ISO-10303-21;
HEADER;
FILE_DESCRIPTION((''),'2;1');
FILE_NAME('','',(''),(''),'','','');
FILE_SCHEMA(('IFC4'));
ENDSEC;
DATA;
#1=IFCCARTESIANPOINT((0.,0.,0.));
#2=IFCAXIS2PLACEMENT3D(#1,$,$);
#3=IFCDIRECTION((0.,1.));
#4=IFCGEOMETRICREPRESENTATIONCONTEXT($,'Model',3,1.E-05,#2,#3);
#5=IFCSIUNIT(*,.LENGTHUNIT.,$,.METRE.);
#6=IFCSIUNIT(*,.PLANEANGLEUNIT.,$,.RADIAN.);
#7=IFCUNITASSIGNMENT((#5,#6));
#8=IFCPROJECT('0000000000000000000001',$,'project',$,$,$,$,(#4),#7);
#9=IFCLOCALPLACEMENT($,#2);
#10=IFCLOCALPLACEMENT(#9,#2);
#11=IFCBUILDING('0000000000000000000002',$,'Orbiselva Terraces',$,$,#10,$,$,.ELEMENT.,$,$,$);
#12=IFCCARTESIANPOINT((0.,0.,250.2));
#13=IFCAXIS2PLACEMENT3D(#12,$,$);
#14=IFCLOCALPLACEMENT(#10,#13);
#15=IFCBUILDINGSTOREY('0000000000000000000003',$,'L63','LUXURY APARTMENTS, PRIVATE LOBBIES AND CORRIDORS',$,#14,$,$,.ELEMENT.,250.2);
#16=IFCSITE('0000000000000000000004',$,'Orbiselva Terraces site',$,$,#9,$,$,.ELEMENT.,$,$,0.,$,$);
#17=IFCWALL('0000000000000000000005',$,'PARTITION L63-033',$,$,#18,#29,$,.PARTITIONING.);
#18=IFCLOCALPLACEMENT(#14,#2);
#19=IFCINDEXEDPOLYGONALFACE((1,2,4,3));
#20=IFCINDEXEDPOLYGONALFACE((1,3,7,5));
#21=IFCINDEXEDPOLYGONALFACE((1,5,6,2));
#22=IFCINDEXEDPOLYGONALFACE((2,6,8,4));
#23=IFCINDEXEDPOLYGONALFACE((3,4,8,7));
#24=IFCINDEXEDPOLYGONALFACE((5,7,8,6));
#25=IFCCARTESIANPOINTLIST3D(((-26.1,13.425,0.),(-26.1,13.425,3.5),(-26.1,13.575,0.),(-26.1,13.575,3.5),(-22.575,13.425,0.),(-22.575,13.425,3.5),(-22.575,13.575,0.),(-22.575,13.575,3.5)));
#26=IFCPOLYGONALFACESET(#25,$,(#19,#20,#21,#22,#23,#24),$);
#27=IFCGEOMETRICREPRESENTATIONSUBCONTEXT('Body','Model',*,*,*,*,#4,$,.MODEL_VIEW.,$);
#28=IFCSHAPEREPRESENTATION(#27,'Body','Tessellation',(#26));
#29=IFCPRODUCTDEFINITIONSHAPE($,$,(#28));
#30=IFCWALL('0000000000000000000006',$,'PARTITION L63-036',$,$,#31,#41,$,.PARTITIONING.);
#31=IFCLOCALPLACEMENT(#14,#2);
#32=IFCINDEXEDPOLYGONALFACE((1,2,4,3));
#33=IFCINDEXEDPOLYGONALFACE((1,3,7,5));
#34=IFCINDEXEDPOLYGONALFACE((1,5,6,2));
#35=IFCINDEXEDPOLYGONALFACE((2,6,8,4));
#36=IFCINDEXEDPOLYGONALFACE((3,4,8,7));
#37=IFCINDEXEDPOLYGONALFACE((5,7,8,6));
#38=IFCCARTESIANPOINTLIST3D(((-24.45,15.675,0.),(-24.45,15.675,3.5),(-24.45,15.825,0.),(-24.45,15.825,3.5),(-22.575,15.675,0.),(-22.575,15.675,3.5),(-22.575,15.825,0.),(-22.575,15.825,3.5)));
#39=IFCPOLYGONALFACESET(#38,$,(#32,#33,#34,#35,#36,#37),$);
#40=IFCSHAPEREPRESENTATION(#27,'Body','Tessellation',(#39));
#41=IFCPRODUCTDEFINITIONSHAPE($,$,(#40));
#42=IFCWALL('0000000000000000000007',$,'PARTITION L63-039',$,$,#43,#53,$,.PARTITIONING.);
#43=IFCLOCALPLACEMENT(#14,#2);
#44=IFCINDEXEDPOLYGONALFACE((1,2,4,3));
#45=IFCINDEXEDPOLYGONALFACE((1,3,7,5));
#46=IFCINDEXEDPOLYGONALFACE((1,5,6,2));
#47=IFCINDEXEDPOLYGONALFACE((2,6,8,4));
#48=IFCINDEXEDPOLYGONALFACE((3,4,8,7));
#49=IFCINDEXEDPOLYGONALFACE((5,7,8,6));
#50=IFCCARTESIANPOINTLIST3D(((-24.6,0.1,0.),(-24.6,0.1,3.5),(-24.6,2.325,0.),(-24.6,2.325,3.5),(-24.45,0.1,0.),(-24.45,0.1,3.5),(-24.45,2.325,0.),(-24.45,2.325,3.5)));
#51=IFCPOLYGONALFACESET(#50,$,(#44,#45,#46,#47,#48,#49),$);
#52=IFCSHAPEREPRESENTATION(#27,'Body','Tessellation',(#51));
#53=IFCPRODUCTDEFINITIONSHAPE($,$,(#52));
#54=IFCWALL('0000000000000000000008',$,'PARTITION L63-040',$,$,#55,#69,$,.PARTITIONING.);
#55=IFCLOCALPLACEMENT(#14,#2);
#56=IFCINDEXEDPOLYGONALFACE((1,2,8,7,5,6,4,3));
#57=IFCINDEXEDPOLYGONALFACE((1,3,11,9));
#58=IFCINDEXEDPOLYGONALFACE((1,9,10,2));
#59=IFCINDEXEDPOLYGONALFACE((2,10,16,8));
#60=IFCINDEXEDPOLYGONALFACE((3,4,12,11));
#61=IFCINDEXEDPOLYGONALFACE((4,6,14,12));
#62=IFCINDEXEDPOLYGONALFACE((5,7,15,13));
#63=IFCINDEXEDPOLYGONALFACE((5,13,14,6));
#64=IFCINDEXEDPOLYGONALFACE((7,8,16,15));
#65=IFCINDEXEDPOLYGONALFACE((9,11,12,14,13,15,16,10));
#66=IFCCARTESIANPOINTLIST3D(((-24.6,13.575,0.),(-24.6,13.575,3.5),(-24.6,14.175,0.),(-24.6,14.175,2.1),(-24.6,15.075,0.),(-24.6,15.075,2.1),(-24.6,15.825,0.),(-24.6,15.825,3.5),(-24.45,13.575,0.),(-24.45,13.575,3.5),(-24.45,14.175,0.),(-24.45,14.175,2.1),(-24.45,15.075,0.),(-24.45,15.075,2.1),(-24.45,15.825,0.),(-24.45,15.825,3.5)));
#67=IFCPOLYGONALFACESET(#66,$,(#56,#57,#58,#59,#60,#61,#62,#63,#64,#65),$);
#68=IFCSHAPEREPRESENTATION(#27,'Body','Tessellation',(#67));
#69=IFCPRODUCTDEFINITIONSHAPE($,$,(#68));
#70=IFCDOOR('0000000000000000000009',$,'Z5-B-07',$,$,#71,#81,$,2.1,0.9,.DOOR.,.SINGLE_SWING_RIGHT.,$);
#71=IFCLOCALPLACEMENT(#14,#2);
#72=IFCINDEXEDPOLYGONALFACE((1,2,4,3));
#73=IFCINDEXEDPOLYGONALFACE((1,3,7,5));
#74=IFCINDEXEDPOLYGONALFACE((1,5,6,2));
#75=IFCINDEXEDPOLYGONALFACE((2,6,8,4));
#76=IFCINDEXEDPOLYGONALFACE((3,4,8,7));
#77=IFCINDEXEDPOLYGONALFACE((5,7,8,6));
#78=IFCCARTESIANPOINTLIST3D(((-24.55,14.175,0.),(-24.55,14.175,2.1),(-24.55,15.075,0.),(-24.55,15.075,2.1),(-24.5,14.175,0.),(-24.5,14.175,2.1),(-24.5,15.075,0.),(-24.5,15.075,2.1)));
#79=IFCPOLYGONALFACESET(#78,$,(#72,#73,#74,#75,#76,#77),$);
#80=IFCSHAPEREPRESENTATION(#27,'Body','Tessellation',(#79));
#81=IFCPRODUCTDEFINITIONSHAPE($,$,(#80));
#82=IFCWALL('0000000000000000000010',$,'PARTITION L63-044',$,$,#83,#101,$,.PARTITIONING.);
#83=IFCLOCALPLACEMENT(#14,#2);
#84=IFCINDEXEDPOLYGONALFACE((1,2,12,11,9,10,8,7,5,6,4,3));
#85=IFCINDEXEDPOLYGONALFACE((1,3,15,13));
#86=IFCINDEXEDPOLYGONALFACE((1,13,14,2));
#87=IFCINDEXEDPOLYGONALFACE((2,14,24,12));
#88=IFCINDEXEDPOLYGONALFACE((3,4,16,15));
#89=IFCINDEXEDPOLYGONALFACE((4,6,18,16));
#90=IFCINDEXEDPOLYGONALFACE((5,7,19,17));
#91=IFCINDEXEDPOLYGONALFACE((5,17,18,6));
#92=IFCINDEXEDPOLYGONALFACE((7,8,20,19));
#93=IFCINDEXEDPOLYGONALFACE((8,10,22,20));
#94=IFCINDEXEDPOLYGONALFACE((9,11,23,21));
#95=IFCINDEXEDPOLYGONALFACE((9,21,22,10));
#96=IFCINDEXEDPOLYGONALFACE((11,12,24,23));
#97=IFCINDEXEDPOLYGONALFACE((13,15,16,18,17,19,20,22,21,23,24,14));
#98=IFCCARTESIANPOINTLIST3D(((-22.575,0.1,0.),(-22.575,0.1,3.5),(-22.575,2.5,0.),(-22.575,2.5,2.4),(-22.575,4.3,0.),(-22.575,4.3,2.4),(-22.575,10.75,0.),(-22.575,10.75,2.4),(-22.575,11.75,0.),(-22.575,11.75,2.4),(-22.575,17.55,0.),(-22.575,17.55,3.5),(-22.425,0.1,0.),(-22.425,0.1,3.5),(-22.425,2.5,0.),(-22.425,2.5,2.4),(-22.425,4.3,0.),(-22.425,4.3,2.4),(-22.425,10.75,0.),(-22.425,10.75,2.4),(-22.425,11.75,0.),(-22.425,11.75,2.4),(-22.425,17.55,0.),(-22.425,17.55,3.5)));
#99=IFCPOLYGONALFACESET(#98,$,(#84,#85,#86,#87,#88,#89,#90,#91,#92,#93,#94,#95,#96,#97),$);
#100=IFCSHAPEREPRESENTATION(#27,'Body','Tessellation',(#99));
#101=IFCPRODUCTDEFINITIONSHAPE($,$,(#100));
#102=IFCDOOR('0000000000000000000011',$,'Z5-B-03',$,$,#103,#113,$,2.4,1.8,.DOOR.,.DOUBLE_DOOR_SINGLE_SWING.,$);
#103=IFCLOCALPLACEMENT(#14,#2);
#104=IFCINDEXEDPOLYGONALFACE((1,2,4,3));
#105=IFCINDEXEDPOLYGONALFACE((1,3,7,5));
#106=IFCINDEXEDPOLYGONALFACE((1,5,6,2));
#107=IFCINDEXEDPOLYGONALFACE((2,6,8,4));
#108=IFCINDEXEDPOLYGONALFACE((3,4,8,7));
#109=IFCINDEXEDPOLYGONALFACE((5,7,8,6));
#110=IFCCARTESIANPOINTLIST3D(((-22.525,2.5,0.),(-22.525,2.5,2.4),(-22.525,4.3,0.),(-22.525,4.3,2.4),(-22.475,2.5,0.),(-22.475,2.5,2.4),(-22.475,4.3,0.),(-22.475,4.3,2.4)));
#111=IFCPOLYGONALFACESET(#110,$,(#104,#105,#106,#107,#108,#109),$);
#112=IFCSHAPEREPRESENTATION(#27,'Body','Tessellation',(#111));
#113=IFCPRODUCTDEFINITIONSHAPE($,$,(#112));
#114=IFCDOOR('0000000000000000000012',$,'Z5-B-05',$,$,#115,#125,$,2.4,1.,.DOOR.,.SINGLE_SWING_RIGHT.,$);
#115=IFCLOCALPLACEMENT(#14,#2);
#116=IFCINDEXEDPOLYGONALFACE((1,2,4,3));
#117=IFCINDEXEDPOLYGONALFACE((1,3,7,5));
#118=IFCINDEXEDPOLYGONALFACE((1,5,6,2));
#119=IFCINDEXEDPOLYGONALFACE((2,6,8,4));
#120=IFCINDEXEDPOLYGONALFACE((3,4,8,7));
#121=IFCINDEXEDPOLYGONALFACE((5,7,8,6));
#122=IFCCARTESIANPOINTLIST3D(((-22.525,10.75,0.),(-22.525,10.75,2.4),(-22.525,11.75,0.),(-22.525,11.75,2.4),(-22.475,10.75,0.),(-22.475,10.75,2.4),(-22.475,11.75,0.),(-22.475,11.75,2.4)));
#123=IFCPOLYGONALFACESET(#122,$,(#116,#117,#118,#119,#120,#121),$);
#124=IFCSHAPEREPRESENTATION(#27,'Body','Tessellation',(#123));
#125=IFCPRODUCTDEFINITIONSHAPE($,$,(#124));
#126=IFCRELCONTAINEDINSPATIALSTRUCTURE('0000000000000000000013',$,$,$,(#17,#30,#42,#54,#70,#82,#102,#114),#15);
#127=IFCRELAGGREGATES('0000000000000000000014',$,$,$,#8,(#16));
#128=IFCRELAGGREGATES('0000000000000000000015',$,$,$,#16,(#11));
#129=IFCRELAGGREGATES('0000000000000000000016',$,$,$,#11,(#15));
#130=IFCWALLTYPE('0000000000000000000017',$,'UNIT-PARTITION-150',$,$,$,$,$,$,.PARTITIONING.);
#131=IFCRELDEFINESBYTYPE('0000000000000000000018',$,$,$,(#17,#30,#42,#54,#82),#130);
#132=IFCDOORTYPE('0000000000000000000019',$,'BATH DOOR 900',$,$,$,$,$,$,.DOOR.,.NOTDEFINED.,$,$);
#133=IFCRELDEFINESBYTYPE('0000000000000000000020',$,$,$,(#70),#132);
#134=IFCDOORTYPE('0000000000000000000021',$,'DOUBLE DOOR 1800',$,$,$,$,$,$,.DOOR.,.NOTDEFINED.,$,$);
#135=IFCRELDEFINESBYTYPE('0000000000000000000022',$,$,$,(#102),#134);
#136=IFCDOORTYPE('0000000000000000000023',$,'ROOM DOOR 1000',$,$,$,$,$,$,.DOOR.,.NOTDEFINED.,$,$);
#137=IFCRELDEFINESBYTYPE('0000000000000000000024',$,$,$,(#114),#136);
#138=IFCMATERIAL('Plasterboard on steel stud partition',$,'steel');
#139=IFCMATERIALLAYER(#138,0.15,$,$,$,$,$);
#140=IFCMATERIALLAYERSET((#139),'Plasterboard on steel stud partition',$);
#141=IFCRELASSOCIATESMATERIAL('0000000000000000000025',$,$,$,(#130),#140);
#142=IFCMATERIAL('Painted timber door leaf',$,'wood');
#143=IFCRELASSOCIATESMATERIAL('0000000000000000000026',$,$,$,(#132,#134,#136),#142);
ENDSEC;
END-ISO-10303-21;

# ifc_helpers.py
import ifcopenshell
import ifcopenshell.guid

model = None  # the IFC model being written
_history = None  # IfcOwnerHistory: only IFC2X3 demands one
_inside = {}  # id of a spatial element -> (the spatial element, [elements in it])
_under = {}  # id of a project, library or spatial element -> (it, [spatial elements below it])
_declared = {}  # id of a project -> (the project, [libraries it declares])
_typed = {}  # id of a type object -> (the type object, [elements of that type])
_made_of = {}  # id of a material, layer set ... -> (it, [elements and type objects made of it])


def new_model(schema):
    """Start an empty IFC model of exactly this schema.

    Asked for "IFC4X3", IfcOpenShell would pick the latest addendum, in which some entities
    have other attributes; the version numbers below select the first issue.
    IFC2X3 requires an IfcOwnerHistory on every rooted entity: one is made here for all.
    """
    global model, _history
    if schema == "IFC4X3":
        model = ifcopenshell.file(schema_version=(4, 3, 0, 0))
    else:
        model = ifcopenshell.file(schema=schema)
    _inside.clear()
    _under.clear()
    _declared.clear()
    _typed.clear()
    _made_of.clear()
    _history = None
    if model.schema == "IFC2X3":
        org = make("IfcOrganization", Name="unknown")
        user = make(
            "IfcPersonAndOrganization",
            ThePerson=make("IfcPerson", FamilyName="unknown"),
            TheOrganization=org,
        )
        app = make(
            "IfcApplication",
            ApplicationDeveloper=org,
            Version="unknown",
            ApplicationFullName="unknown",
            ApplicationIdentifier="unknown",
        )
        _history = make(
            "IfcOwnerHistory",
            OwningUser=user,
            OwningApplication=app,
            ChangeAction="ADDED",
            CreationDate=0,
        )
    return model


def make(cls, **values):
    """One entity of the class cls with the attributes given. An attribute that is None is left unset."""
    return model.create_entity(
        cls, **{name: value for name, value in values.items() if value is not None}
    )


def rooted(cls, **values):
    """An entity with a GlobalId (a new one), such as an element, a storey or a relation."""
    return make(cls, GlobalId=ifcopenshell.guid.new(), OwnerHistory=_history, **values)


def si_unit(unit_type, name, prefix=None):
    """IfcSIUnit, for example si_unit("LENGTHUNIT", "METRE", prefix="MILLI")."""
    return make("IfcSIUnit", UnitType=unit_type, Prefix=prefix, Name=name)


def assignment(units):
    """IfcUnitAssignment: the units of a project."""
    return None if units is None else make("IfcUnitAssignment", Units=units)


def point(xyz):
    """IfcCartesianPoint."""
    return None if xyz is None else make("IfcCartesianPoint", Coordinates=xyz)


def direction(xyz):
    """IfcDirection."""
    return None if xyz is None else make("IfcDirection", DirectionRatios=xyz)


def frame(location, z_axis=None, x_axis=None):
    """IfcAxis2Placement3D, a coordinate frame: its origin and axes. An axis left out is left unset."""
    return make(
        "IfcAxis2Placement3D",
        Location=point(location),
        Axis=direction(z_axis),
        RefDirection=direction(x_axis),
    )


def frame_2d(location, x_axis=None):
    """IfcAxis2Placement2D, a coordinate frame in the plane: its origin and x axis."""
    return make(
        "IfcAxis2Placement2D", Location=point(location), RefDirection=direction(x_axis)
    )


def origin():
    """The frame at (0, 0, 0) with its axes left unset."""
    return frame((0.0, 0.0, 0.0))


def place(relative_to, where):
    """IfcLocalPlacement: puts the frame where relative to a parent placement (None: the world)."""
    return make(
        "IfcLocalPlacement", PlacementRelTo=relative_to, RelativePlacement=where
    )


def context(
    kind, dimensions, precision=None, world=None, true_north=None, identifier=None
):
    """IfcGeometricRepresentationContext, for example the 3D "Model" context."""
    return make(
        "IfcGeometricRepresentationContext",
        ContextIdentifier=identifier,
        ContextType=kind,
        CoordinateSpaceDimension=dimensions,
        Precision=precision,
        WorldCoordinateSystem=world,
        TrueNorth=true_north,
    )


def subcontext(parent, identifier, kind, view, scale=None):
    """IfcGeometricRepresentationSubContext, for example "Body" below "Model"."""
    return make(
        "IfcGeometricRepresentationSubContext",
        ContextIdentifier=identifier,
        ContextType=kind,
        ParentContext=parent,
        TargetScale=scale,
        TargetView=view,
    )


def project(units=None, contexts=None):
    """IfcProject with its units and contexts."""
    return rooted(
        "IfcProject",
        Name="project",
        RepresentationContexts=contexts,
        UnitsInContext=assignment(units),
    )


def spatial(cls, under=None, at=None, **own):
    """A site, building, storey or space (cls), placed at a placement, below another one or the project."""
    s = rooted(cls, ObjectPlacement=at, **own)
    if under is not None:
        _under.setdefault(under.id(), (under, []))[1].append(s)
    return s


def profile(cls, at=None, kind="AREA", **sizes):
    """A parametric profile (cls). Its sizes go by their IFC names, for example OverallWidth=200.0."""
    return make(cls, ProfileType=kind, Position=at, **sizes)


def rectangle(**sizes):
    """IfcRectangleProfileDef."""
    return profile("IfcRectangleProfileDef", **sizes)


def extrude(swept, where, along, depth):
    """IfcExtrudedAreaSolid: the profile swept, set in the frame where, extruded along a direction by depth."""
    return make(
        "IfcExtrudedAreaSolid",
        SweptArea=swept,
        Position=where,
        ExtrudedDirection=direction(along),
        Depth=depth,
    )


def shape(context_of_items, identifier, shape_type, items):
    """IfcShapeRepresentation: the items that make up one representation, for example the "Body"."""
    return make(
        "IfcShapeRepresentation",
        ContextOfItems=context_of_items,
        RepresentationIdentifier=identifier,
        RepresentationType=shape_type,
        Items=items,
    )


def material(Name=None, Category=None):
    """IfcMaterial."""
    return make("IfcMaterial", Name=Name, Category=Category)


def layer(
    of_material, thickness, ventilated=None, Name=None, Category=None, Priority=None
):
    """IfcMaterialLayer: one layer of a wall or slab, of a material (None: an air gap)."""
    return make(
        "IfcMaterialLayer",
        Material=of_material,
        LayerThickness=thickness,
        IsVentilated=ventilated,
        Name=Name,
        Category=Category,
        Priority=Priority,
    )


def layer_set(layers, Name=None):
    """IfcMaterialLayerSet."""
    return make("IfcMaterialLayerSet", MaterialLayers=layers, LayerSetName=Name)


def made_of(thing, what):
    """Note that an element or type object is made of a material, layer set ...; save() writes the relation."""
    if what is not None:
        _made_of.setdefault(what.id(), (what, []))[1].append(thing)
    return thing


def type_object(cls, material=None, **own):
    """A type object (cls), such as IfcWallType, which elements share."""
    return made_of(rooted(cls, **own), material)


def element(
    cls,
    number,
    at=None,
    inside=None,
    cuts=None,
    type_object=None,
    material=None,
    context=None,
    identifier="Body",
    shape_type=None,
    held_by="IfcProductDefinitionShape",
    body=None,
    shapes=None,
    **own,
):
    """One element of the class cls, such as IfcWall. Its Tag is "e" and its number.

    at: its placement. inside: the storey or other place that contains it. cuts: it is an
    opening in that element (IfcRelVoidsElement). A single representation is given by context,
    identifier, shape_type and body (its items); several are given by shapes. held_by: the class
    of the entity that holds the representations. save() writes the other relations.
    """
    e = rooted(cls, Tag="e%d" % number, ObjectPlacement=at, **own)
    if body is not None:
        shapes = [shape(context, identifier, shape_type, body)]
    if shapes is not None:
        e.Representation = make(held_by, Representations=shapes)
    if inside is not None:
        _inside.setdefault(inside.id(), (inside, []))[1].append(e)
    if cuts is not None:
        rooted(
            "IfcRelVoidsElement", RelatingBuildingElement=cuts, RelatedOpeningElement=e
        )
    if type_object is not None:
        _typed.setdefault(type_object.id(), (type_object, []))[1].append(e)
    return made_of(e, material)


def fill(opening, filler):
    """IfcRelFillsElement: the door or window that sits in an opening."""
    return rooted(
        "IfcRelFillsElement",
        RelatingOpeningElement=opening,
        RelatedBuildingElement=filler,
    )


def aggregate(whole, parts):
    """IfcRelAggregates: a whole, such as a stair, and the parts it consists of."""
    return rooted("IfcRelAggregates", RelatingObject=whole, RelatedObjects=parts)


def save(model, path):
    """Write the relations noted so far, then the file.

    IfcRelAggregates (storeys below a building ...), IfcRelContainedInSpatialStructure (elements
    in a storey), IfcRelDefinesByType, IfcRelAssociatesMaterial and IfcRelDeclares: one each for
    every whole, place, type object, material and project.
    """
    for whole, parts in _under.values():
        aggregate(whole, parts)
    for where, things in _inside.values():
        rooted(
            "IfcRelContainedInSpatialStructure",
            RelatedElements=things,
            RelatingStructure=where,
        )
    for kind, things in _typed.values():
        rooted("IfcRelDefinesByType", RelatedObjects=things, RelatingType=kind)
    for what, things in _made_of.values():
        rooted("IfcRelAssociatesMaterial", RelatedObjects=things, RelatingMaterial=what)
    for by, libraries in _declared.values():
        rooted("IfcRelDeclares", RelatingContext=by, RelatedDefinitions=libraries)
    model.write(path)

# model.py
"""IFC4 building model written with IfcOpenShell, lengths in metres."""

from ifc_helpers import new_model, si_unit, direction, frame, frame_2d, origin, place, context, subcontext, project, spatial, rectangle, extrude, material, layer, layer_set, type_object, element, fill, save


model = new_model("IFC4")

# Units and contexts
model_context = context("Model", 3, precision=1e-05, world=origin(), true_north=direction((0.0, 1.0)))
body_context = subcontext(model_context, "Body", "Model", "MODEL_VIEW")
ifc_project = project(units=[si_unit("LENGTHUNIT", "METRE"), si_unit("PLANEANGLEUNIT", "RADIAN")], contexts=[model_context])

# Site, building, storey
site_placement = place(None, origin())
site = spatial("IfcSite", under=ifc_project, at=site_placement, Name="Orbiselva Terraces site", CompositionType="ELEMENT", RefElevation=0.0)
building_placement = place(site_placement, origin())
building = spatial("IfcBuilding", under=site, at=building_placement, Name="Orbiselva Terraces", CompositionType="ELEMENT")
storey_placement = place(building_placement, frame((0.0, 0.0, 250.2)))
storey = spatial("IfcBuildingStorey", under=building, at=storey_placement, Name="L63", Description="LUXURY APARTMENTS, PRIVATE LOBBIES AND CORRIDORS", CompositionType="ELEMENT", Elevation=250.2)

# Shared definitions
ifc_material_1 = material(Name="Plasterboard on steel stud partition", Category="steel")
ifc_material_2 = material(Name="Painted timber door leaf", Category="wood")

# Shared definitions
ifc_layer_1 = layer(ifc_material_1, 0.15)
ifc_layer_set_1 = layer_set([ifc_layer_1], Name="Plasterboard on steel stud partition")
wall_type_1 = type_object("IfcWallType", Name="UNIT-PARTITION-150", PredefinedType="PARTITIONING", material=ifc_layer_set_1)
door_type_1 = type_object("IfcDoorType", Name="BATH DOOR 900", OperationType="NOTDEFINED", PredefinedType="DOOR", material=ifc_material_2)

# Walls
wall_1_placement = place(storey_placement, frame((-26.1, 13.5, 0.0), z_axis=(0.0, 0.0, 1.0), x_axis=(1.0, 0.0, 0.0)))
element("IfcWall", 1, at=wall_1_placement, inside=storey, type_object=wall_type_1, Name="PARTITION L63-033", PredefinedType="PARTITIONING", context=body_context, shape_type="SweptSolid", body=[
    extrude(rectangle(XDim=3.525, YDim=0.15, at=frame_2d((1.7625, 0.0))), origin(), (0.0, 0.0, 1.0), 3.5),
])
wall_2_placement = place(storey_placement, frame((-24.45, 15.75, 0.0), z_axis=(0.0, 0.0, 1.0), x_axis=(1.0, 0.0, 0.0)))
element("IfcWall", 2, at=wall_2_placement, inside=storey, type_object=wall_type_1, Name="PARTITION L63-036", PredefinedType="PARTITIONING", context=body_context, shape_type="SweptSolid", body=[
    extrude(rectangle(XDim=1.875, YDim=0.15, at=frame_2d((0.9375, 0.0))), origin(), (0.0, 0.0, 1.0), 3.5),
])
wall_3_placement = place(storey_placement, frame((-24.525, 0.1, 0.0), z_axis=(0.0, 0.0, 1.0), x_axis=(0.0, 1.0, 0.0)))
element("IfcWall", 3, at=wall_3_placement, inside=storey, type_object=wall_type_1, Name="PARTITION L63-039", PredefinedType="PARTITIONING", context=body_context, shape_type="SweptSolid", body=[
    extrude(rectangle(XDim=2.225, YDim=0.15, at=frame_2d((1.1125, 0.0))), origin(), (0.0, 0.0, 1.0), 3.5),
])

# Wall, opening, door
wall_4_placement = place(storey_placement, frame((-24.525, 15.825, 0.0), z_axis=(0.0, 0.0, 1.0), x_axis=(0.0, -1.0, 0.0)))
wall_4 = element("IfcWall", 4, at=wall_4_placement, inside=storey, type_object=wall_type_1, Name="PARTITION L63-040", PredefinedType="PARTITIONING", context=body_context, shape_type="SweptSolid", body=[
    extrude(rectangle(XDim=2.25, YDim=0.15, at=frame_2d((1.125, 0.0))), origin(), (0.0, 0.0, 1.0), 3.5),
])
opening_1_placement = place(wall_4_placement, frame((0.75, 0.0, 0.0)))
opening_1 = element("IfcOpeningElement", 5, at=opening_1_placement, cuts=wall_4, PredefinedType="OPENING", context=body_context, shape_type="SweptSolid", body=[
    extrude(rectangle(XDim=0.9, YDim=2.1, at=frame_2d((0.45, 1.05))), frame((0.0, 0.085, 0.0), z_axis=(0.0, -1.0, 0.0), x_axis=(1.0, 0.0, 0.0)), (0.0, 0.0, 1.0), 0.17),
])
door_1_placement = place(opening_1_placement, origin())
door_1 = element("IfcDoor", 6, at=door_1_placement, inside=storey, type_object=door_type_1, Name="Z5-B-07", OperationType="SINGLE_SWING_RIGHT", OverallHeight=2.1, OverallWidth=0.9, PredefinedType="DOOR", context=body_context, shape_type="SweptSolid", body=[
    extrude(rectangle(XDim=0.9, YDim=2.1, at=frame_2d((0.45, 1.05))), frame((0.0, 0.025, 0.0), z_axis=(0.0, -1.0, 0.0), x_axis=(1.0, 0.0, 0.0)), (0.0, 0.0, 1.0), 0.05),
])
fill(opening_1, door_1)

# Wall, openings, doors
wall_5_placement = place(storey_placement, frame((-22.5, 0.1, 0.0), z_axis=(0.0, 0.0, 1.0), x_axis=(0.0, 1.0, 0.0)))
wall_5 = element("IfcWall", 7, at=wall_5_placement, inside=storey, type_object=wall_type_1, Name="PARTITION L63-044", PredefinedType="PARTITIONING", context=body_context, shape_type="SweptSolid", body=[
    extrude(rectangle(XDim=17.45, YDim=0.15, at=frame_2d((8.725, 0.0))), origin(), (0.0, 0.0, 1.0), 3.5),
])
opening_2_placement = place(wall_5_placement, frame((2.4, 0.0, 0.0)))
opening_2 = element("IfcOpeningElement", 8, at=opening_2_placement, cuts=wall_5, PredefinedType="OPENING", context=body_context, shape_type="SweptSolid", body=[
    extrude(rectangle(XDim=1.8, YDim=2.4, at=frame_2d((0.9, 1.2))), frame((0.0, 0.085, 0.0), z_axis=(0.0, -1.0, 0.0), x_axis=(1.0, 0.0, 0.0)), (0.0, 0.0, 1.0), 0.17),
])
opening_3_placement = place(wall_5_placement, frame((10.65, 0.0, 0.0)))
opening_3 = element("IfcOpeningElement", 9, at=opening_3_placement, cuts=wall_5, PredefinedType="OPENING", context=body_context, shape_type="SweptSolid", body=[
    extrude(rectangle(XDim=1.0, YDim=2.4, at=frame_2d((0.5, 1.2))), frame((0.0, 0.085, 0.0), z_axis=(0.0, -1.0, 0.0), x_axis=(1.0, 0.0, 0.0)), (0.0, 0.0, 1.0), 0.17),
])
door_type_2 = type_object("IfcDoorType", Name="DOUBLE DOOR 1800", OperationType="NOTDEFINED", PredefinedType="DOOR", material=ifc_material_2)
door_2_placement = place(opening_2_placement, origin())
door_2 = element("IfcDoor", 10, at=door_2_placement, inside=storey, type_object=door_type_2, Name="Z5-B-03", OperationType="DOUBLE_DOOR_SINGLE_SWING", OverallHeight=2.4, OverallWidth=1.8, PredefinedType="DOOR", context=body_context, shape_type="SweptSolid", body=[
    extrude(rectangle(XDim=1.8, YDim=2.4, at=frame_2d((0.9, 1.2))), frame((0.0, 0.025, 0.0), z_axis=(0.0, -1.0, 0.0), x_axis=(1.0, 0.0, 0.0)), (0.0, 0.0, 1.0), 0.05),
])
fill(opening_2, door_2)
door_type_3 = type_object("IfcDoorType", Name="ROOM DOOR 1000", OperationType="NOTDEFINED", PredefinedType="DOOR", material=ifc_material_2)
door_3_placement = place(opening_3_placement, origin())
door_3 = element("IfcDoor", 11, at=door_3_placement, inside=storey, type_object=door_type_3, Name="Z5-B-05", OperationType="SINGLE_SWING_RIGHT", OverallHeight=2.4, OverallWidth=1.0, PredefinedType="DOOR", context=body_context, shape_type="SweptSolid", body=[
    extrude(rectangle(XDim=1.0, YDim=2.4, at=frame_2d((0.5, 1.2))), frame((0.0, 0.025, 0.0), z_axis=(0.0, -1.0, 0.0), x_axis=(1.0, 0.0, 0.0)), (0.0, 0.0, 1.0), 0.05),
])
fill(opening_3, door_3)

save(model, "model.ifc")
